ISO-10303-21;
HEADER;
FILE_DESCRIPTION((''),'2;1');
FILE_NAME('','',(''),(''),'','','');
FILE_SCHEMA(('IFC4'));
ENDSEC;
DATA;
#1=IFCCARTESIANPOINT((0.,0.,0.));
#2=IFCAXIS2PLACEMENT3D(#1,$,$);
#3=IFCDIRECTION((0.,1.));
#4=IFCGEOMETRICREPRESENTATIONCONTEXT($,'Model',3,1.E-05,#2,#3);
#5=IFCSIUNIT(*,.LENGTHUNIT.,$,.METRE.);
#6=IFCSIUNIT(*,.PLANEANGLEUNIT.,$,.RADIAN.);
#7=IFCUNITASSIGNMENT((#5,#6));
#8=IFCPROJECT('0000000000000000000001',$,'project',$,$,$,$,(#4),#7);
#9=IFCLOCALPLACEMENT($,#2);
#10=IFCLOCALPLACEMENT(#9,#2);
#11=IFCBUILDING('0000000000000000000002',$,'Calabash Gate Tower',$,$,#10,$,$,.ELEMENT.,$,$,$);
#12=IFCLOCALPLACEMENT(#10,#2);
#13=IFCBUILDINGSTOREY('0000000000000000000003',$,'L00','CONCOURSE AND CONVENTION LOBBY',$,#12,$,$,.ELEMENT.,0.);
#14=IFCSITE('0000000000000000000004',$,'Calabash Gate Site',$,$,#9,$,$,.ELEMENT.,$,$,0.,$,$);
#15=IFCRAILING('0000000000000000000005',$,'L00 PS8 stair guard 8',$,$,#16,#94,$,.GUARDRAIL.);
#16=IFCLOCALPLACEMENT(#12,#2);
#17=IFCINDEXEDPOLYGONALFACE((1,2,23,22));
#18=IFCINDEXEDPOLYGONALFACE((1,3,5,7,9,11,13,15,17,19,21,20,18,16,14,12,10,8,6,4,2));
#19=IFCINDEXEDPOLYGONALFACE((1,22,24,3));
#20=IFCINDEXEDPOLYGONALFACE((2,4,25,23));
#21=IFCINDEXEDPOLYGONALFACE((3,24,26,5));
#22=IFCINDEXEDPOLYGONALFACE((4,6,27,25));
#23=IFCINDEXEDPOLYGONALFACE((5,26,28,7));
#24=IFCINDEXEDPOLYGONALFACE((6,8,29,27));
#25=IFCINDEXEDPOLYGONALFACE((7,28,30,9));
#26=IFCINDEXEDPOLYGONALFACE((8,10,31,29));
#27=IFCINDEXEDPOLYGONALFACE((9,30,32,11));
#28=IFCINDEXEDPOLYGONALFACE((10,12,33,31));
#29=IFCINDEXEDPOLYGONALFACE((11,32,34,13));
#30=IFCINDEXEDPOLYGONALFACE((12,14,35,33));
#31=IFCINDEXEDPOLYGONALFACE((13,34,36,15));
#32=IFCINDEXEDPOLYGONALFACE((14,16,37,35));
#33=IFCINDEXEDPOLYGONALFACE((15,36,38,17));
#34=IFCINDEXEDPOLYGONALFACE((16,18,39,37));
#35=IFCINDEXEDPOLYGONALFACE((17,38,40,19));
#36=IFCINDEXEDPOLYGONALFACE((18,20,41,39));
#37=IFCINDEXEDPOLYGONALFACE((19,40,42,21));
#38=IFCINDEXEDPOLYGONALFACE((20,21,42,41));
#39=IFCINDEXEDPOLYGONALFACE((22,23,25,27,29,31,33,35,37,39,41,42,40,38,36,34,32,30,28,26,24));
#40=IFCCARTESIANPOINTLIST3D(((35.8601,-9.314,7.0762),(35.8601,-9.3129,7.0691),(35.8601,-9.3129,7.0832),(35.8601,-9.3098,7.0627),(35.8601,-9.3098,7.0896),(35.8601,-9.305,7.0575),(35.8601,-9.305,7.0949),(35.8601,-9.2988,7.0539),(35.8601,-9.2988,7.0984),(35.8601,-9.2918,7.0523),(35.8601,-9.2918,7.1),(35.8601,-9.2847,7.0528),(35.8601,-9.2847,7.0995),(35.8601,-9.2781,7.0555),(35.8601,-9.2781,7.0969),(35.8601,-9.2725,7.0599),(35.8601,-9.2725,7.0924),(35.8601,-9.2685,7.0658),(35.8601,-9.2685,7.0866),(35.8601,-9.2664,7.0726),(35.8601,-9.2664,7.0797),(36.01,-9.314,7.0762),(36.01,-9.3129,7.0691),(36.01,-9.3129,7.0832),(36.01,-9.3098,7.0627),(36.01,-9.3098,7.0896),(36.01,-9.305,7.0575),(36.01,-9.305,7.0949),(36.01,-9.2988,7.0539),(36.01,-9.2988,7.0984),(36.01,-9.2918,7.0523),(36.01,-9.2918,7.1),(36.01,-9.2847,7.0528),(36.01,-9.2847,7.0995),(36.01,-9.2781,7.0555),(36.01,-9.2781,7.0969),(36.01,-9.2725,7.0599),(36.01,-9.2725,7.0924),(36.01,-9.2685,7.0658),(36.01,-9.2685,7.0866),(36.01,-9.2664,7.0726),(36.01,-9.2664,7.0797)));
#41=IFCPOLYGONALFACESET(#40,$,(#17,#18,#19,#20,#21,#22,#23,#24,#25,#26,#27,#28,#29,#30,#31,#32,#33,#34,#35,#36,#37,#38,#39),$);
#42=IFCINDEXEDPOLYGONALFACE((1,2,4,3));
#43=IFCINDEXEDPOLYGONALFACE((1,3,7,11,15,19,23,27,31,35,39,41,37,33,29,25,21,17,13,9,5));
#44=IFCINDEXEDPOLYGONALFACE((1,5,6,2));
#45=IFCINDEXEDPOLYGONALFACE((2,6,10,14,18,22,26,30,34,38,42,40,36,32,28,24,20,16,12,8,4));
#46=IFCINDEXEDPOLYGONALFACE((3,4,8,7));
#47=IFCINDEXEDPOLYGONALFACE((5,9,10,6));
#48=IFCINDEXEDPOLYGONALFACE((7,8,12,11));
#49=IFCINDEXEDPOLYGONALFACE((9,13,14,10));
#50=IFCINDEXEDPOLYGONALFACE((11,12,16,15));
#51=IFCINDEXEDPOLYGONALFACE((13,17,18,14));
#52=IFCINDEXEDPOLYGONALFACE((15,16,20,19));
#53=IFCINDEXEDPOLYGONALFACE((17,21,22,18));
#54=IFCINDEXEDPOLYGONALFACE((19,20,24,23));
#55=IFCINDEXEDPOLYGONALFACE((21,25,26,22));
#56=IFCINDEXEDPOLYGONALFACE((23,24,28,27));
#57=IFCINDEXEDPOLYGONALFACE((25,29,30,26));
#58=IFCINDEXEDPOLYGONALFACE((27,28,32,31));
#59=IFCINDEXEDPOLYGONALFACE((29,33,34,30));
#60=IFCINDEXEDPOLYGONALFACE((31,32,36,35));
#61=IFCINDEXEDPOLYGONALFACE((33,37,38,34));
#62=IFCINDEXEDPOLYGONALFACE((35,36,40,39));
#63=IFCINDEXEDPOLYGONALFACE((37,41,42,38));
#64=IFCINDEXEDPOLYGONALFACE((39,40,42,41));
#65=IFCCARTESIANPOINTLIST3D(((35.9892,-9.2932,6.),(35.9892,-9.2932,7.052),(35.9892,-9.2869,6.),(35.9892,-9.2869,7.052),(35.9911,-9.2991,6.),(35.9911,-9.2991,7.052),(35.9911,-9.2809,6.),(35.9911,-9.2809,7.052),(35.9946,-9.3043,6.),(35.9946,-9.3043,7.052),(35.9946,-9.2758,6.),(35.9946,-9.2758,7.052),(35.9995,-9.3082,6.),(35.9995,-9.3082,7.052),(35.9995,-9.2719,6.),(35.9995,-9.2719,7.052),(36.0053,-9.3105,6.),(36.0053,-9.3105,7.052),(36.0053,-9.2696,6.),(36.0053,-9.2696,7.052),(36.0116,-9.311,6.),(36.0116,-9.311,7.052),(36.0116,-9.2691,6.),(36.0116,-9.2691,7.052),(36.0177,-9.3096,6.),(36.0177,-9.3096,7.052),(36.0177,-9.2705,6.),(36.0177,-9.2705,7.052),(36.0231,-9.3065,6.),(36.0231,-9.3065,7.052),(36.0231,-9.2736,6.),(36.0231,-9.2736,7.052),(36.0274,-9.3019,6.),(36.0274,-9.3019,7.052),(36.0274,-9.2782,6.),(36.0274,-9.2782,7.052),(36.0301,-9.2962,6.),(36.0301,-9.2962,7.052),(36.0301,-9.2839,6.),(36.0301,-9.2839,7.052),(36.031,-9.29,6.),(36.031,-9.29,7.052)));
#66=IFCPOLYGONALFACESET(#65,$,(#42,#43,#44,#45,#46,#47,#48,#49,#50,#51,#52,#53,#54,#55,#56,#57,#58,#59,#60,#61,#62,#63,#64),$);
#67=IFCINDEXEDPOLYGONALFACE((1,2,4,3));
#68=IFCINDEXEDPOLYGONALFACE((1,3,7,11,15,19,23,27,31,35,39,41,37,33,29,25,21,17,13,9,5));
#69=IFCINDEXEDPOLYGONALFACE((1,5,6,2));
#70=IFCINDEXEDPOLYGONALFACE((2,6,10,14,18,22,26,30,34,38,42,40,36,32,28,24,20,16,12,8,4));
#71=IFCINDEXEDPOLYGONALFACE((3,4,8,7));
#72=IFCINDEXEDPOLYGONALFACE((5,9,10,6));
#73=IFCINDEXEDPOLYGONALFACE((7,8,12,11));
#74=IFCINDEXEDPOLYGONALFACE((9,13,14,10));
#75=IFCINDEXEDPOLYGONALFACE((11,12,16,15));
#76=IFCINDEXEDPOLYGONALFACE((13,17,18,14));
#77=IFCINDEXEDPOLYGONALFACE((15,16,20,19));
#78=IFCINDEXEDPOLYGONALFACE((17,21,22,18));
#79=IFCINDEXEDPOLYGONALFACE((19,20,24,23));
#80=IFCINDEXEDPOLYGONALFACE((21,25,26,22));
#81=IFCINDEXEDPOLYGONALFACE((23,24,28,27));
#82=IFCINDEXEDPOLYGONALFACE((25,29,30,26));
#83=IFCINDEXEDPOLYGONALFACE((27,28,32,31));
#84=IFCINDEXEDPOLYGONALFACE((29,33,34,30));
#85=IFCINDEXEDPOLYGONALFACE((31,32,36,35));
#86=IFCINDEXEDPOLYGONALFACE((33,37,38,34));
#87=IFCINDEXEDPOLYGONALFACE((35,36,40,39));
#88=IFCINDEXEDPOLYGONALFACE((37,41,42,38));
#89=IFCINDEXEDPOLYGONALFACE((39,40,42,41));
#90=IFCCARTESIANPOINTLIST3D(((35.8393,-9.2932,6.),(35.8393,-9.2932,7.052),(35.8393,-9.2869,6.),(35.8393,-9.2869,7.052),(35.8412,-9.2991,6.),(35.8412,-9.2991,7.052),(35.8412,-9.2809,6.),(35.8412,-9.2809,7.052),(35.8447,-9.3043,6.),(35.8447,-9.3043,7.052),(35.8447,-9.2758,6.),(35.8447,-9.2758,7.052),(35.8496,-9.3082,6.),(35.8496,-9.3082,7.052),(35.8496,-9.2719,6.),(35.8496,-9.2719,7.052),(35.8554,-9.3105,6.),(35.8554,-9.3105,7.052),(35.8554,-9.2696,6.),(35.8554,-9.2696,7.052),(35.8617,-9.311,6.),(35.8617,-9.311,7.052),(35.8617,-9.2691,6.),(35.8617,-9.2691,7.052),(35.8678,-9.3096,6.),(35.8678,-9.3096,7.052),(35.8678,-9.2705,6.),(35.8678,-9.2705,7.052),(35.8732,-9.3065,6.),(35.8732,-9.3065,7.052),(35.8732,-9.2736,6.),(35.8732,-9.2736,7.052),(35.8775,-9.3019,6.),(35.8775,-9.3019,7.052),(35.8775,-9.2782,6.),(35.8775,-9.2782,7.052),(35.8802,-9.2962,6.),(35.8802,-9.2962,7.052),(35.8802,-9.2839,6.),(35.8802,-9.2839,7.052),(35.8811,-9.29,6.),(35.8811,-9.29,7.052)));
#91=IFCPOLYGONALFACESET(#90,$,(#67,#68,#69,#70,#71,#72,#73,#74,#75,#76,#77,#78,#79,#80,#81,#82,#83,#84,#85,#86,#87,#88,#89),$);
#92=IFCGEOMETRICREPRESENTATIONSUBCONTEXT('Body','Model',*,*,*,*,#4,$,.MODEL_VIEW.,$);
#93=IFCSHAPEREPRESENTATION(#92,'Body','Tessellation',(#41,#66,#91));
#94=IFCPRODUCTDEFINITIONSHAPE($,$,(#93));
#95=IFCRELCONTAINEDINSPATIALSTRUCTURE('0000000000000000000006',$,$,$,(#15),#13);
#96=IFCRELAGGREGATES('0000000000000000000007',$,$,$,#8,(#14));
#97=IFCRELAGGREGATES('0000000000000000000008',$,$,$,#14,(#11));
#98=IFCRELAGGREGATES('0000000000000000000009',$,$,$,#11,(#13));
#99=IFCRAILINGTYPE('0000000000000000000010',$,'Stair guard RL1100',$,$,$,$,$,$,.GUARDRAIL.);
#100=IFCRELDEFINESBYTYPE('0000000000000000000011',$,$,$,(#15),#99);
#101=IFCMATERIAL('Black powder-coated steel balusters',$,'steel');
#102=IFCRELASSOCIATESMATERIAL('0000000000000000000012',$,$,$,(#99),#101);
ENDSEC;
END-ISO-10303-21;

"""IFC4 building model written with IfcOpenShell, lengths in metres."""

from ifc_helpers import new_model, si_unit, direction, frame, origin, origin_2d, place, context, subcontext, project, spatial, circle, extrude, material, type_object, element, save


model = new_model("IFC4")

# Units and contexts
model_context = context("Model", 3, precision=1e-05, world=origin(), true_north=direction((0.0, 1.0)))
body_context = subcontext(model_context, "Body", "Model", "MODEL_VIEW")
ifc_project = project(units=[si_unit("LENGTHUNIT", "METRE"), si_unit("PLANEANGLEUNIT", "RADIAN")], contexts=[model_context])

# Site, building, storey
site_placement = place(None, origin())
site = spatial("IfcSite", under=ifc_project, at=site_placement, Name="Calabash Gate Site", CompositionType="ELEMENT", RefElevation=0.0)
building_placement = place(site_placement, origin())
building = spatial("IfcBuilding", under=site, at=building_placement, Name="Calabash Gate Tower", CompositionType="ELEMENT")
storey_placement = place(building_placement, origin())
storey = spatial("IfcBuildingStorey", under=building, at=storey_placement, Name="L00", Description="CONCOURSE AND CONVENTION LOBBY", CompositionType="ELEMENT", Elevation=0.0)

# Railing
ifc_material_1 = material(Name="Black powder-coated steel balusters", Category="steel")
railing_type_1 = type_object("IfcRailingType", Name="Stair guard RL1100", PredefinedType="GUARDRAIL", material=ifc_material_1)
railing_1_placement = place(storey_placement, frame((36.01, -9.29, 6.0)))
element("IfcRailing", 1, at=railing_1_placement, inside=storey, type_object=railing_type_1, Name="L00 PS8 stair guard 8", PredefinedType="GUARDRAIL", context=body_context, shape_type="SweptSolid", body=[
    extrude(circle(Radius=0.0239, at=origin_2d()), frame((0.0, 0.0, 1.0762), z_axis=(-1.0, 0.0, 0.0), x_axis=(0.0, -1.0, 0.0)), (0.0, 0.0, 1.0), 0.1499),
    extrude(circle(Radius=0.021, at=origin_2d()), origin(), (0.0, 0.0, 1.0), 1.052),
    extrude(circle(Radius=0.021, at=origin_2d()), frame((-0.1499, 0.0, 0.0)), (0.0, 0.0, 1.0), 1.052),
])

save(model, "model.ifc")
